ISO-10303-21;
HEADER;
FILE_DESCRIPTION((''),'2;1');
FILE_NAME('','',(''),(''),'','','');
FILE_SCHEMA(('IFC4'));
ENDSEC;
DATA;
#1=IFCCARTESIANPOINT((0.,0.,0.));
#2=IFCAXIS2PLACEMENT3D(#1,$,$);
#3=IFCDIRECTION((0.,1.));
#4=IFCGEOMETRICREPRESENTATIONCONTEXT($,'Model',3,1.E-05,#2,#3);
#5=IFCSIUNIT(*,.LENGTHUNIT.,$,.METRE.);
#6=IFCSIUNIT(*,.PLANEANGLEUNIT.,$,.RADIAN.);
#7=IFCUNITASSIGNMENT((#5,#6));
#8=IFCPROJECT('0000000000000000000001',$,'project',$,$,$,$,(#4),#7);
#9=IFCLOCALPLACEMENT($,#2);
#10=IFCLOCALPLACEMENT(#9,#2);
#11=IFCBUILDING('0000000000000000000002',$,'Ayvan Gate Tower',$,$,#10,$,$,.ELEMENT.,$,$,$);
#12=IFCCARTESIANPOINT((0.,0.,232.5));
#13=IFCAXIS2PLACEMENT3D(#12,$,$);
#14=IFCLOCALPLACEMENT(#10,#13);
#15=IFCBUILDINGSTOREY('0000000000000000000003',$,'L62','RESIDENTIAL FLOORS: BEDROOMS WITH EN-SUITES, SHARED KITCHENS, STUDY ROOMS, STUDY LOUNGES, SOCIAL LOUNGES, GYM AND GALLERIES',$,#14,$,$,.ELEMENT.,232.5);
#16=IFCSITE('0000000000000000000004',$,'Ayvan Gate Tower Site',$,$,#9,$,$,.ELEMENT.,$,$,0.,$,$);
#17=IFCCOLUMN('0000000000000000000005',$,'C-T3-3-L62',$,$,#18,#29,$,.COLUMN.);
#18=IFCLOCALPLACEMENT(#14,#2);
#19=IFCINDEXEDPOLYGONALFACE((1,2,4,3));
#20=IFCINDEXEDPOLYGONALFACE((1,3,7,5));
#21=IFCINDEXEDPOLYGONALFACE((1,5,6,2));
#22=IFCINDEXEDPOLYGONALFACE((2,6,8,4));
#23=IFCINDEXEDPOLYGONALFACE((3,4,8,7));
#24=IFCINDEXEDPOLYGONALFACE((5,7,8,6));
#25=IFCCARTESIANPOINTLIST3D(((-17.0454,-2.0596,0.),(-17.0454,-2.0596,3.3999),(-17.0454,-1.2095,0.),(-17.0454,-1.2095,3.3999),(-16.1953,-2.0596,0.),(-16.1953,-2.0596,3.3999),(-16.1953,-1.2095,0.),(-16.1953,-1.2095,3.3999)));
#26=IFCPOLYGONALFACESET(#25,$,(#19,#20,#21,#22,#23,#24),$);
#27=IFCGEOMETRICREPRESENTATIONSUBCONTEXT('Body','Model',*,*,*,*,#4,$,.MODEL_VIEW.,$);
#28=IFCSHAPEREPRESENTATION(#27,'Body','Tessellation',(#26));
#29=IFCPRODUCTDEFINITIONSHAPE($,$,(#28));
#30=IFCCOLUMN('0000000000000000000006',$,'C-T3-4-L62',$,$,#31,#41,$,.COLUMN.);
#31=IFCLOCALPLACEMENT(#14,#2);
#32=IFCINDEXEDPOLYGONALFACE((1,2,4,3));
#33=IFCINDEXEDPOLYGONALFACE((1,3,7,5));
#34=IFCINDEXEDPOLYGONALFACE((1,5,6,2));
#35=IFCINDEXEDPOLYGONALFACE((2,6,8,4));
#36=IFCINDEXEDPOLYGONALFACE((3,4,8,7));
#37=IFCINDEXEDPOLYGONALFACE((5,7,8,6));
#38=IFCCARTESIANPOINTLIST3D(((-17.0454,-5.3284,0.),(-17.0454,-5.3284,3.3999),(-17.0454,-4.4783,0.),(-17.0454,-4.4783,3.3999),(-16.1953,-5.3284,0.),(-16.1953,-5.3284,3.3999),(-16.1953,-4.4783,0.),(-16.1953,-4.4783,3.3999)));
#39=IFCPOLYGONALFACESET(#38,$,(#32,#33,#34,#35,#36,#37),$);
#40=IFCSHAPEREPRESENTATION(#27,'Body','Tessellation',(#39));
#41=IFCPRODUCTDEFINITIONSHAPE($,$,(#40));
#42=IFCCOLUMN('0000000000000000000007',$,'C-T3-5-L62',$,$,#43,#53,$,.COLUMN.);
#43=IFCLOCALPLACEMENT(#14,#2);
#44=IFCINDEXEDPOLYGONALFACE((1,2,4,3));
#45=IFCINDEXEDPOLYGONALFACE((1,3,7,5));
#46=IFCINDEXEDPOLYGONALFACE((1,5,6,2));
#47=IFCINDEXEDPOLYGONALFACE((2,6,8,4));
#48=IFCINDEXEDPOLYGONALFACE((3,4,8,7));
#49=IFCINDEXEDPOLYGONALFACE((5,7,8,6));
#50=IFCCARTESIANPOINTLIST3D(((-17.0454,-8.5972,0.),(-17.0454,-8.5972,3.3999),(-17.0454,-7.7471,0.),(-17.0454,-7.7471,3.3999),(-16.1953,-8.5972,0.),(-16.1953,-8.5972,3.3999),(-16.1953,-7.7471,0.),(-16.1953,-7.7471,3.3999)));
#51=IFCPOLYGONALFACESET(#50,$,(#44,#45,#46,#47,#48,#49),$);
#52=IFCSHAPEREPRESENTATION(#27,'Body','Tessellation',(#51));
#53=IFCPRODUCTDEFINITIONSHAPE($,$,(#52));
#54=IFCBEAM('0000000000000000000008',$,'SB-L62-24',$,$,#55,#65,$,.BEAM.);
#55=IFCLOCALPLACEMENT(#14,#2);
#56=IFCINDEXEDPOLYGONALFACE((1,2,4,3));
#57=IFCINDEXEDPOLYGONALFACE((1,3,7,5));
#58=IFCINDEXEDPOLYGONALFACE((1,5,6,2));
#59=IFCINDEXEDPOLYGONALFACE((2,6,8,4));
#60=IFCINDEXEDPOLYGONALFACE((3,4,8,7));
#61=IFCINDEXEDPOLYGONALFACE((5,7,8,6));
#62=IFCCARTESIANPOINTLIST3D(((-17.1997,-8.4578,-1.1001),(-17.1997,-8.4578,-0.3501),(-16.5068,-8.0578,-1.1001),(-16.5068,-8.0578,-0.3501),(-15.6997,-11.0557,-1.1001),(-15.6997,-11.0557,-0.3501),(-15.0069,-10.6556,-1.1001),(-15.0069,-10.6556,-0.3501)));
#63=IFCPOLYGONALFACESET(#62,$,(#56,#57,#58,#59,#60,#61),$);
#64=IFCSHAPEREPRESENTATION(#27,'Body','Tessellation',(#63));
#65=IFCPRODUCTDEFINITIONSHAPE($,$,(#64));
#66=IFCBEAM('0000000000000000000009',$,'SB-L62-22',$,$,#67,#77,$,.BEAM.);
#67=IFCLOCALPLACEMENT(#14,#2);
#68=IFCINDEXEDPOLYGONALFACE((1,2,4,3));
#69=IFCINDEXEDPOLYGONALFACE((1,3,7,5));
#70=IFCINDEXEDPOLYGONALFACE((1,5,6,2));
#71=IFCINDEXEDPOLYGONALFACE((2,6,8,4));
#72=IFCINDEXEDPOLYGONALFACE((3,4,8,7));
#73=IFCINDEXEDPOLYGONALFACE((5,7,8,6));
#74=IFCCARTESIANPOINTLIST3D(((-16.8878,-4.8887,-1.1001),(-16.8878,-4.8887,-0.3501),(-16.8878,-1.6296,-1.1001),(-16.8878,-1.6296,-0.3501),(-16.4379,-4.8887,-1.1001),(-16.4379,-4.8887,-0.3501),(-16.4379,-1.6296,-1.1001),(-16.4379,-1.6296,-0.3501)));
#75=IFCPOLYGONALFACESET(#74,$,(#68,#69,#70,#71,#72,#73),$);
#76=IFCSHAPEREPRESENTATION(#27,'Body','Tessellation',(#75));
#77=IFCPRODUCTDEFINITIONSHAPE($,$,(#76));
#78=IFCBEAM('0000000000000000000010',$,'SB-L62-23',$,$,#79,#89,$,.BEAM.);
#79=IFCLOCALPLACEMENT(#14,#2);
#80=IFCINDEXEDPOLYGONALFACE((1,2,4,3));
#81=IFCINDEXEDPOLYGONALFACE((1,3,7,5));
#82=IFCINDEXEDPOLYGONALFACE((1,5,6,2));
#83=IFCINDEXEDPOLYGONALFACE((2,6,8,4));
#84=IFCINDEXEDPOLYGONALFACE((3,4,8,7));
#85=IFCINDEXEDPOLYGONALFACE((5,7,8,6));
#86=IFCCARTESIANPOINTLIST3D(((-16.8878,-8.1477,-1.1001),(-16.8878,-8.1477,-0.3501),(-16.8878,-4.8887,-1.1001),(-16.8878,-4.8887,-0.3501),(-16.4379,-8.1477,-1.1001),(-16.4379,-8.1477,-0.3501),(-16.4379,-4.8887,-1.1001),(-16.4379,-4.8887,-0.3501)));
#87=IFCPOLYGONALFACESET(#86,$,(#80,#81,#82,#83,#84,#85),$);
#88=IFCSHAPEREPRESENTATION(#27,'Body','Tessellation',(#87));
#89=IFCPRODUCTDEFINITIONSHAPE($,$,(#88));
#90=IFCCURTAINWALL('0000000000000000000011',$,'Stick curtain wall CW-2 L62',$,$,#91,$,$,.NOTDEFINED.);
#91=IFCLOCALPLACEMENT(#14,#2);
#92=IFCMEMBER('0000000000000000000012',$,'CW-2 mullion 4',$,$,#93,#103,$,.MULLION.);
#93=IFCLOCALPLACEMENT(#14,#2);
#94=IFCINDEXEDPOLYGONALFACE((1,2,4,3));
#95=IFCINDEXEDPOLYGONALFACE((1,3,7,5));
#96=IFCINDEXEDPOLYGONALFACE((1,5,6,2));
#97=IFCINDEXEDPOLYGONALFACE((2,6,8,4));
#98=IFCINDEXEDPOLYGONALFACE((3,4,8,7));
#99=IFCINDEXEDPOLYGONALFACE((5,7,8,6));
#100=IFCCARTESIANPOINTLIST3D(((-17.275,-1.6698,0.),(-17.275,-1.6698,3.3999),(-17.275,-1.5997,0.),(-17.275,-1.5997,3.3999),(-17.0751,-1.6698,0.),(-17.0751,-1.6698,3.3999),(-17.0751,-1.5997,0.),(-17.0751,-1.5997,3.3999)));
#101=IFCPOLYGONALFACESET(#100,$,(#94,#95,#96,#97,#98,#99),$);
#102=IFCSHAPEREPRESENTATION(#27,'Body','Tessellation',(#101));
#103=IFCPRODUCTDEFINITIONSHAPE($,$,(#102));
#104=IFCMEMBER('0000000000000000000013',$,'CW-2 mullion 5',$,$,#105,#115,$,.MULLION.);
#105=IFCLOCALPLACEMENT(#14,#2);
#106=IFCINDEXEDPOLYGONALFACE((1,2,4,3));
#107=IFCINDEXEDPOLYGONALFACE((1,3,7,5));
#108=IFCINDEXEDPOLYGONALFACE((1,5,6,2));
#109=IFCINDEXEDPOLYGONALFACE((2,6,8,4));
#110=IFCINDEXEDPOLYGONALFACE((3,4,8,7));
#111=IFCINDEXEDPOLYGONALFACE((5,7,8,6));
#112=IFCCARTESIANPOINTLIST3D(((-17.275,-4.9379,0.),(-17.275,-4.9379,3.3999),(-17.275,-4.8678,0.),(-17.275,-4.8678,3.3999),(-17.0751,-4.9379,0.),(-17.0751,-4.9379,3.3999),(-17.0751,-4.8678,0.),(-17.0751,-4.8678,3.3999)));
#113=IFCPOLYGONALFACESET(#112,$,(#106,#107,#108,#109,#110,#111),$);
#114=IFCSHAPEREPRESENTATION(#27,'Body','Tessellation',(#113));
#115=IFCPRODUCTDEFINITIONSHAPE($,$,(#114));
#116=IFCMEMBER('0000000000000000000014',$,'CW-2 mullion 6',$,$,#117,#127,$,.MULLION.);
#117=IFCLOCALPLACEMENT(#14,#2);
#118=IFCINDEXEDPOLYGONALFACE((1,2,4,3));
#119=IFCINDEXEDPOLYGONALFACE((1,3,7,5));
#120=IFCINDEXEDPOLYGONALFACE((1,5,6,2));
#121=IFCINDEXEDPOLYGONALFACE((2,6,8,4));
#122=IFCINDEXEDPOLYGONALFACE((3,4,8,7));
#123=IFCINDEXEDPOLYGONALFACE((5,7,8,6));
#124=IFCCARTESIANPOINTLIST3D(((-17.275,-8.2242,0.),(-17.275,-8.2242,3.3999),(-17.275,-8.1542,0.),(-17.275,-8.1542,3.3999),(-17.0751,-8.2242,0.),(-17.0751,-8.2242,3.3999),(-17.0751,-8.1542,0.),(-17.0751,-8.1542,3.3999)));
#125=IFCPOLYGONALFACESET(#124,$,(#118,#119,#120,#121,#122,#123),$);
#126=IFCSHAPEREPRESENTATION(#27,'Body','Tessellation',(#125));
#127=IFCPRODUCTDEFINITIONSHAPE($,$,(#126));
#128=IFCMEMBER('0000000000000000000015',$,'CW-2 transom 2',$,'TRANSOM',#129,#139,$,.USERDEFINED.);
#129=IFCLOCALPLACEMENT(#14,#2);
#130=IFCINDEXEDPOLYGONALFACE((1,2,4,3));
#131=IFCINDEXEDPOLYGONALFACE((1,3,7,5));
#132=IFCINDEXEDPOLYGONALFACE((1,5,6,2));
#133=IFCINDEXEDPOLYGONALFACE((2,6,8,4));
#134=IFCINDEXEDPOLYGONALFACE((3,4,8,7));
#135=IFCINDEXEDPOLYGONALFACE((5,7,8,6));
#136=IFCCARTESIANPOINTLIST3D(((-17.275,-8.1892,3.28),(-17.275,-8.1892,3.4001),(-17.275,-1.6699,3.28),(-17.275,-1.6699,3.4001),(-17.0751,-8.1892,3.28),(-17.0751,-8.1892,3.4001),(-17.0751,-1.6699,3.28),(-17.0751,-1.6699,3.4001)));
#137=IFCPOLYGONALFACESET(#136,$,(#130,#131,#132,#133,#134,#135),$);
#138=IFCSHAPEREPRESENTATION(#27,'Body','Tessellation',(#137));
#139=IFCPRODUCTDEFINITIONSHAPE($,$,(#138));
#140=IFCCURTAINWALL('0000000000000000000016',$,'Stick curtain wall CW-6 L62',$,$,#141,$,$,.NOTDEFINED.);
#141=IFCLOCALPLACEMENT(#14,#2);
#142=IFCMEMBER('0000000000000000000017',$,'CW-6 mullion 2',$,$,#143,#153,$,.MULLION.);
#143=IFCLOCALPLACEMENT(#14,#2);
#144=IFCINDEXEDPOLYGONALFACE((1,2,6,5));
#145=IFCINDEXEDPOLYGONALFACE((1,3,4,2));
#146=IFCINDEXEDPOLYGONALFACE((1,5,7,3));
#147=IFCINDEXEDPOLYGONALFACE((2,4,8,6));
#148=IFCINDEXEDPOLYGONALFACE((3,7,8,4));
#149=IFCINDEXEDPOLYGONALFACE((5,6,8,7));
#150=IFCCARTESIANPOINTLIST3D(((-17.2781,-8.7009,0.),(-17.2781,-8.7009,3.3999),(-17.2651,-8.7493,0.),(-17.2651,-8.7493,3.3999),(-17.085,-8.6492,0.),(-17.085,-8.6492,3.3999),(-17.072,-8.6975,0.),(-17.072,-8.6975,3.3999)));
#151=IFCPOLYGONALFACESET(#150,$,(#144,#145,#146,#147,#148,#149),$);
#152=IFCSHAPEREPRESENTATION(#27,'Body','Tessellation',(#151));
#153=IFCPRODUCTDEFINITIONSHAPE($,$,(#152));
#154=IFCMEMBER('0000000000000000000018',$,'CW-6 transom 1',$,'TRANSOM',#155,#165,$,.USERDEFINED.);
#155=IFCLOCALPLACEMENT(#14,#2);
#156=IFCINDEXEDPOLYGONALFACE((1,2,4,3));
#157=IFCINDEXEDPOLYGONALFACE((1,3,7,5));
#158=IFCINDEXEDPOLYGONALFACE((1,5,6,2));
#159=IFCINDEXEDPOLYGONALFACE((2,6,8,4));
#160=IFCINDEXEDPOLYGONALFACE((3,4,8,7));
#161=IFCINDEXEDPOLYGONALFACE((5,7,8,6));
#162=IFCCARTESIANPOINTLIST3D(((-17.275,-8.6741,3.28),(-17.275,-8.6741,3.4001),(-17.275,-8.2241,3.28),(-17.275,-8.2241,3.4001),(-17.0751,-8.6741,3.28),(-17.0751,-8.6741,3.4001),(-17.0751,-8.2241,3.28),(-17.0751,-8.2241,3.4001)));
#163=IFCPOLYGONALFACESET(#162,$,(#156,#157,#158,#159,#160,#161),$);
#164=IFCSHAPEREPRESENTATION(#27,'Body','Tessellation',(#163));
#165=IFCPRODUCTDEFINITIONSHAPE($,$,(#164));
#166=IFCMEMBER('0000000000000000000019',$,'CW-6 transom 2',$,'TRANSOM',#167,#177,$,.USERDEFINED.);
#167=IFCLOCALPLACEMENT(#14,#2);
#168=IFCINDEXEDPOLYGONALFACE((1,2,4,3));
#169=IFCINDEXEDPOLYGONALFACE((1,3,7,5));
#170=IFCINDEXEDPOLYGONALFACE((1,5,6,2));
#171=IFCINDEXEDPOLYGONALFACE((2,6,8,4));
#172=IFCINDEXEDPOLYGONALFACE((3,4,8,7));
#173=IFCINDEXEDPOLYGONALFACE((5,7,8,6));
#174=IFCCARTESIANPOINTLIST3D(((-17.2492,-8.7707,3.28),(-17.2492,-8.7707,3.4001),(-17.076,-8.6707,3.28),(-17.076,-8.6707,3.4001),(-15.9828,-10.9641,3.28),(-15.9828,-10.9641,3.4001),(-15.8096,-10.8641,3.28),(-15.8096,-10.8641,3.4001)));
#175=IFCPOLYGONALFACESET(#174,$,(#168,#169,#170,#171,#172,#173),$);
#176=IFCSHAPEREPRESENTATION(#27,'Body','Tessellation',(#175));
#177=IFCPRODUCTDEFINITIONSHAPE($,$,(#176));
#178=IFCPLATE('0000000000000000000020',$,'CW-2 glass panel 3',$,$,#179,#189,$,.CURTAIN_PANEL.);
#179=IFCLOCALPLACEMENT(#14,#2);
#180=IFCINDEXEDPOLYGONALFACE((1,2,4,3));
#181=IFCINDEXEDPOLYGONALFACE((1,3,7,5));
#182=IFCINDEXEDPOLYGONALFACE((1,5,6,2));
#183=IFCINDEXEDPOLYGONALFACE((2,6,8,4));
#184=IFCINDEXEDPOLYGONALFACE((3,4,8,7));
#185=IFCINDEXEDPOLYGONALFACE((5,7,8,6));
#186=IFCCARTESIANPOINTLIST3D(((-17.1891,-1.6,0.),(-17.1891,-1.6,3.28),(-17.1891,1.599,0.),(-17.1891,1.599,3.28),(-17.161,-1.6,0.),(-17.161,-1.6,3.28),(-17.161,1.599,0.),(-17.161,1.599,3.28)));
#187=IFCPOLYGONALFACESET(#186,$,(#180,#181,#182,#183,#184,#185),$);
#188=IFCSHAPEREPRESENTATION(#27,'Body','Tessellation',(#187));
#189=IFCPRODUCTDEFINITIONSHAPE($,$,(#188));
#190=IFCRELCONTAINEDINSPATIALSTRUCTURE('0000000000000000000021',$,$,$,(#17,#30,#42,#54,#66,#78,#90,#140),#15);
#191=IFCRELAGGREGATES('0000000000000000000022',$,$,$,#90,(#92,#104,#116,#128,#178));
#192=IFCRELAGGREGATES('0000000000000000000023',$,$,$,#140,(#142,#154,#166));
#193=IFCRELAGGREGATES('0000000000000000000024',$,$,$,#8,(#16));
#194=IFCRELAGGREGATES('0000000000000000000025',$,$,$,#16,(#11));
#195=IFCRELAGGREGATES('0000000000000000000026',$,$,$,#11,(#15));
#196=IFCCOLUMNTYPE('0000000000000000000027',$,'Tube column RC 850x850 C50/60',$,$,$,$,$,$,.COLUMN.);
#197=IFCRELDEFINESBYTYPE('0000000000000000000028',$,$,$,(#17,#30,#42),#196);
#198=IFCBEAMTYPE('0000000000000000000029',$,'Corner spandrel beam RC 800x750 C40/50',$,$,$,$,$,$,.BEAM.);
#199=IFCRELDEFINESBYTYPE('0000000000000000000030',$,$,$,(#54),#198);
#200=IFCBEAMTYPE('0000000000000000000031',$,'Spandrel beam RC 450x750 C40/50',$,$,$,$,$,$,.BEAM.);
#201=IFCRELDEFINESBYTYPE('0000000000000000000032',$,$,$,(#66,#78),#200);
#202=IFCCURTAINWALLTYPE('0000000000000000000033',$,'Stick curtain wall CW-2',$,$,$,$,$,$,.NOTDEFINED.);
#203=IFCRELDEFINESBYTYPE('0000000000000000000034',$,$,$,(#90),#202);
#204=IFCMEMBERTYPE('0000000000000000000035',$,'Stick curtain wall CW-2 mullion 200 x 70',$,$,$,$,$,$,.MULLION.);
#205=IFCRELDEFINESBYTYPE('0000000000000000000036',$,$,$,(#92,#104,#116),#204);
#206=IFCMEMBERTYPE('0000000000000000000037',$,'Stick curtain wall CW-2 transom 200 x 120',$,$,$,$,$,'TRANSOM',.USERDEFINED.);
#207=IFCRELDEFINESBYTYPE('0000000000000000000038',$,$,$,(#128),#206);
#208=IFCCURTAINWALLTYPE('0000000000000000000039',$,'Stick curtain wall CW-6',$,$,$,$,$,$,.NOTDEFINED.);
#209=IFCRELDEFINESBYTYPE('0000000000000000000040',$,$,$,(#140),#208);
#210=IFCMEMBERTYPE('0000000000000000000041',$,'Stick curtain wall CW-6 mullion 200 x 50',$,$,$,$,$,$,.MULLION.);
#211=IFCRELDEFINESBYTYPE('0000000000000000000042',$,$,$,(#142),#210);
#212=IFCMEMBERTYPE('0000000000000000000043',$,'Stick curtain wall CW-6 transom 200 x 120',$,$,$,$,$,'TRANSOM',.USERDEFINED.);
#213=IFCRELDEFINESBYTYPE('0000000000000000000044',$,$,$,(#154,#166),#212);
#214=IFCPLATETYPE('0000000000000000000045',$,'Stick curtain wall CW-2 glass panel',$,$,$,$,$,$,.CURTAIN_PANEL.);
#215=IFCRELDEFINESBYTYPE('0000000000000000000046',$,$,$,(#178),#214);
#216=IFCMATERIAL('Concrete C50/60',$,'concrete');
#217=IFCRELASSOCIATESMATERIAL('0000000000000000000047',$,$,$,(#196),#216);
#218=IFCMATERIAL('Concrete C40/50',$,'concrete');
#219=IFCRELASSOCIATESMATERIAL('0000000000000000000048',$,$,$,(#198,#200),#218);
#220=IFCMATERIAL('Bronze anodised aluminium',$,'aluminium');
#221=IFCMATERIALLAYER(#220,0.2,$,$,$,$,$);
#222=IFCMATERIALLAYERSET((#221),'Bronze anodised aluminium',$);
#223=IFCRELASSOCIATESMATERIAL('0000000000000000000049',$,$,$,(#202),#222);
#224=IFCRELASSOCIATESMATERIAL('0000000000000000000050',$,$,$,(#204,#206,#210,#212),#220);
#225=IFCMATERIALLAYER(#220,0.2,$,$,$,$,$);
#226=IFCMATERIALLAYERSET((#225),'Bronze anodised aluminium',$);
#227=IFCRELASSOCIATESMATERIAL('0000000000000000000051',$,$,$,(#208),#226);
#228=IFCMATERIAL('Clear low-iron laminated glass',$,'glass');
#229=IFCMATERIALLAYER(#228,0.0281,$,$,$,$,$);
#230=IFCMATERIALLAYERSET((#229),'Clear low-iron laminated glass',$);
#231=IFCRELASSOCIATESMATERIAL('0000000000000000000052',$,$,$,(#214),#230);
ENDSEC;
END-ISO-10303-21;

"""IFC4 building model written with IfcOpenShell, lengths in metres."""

from ifc_helpers import new_model, si_unit, direction, frame, origin, origin_2d, place, context, subcontext, project, spatial, rectangle, extrude, material, layer, layer_set, material_profile, profile_set, type_object, element, aggregate, save


model = new_model("IFC4")

# Units and contexts
model_context = context("Model", 3, precision=1e-05, world=origin(), true_north=direction((0.0, 1.0)))
body_context = subcontext(model_context, "Body", "Model", "MODEL_VIEW")
ifc_project = project(units=[si_unit("LENGTHUNIT", "METRE"), si_unit("PLANEANGLEUNIT", "RADIAN")], contexts=[model_context])

# Site, building, storey
site_placement = place(None, origin())
site = spatial("IfcSite", under=ifc_project, at=site_placement, Name="Ayvan Gate Tower Site", CompositionType="ELEMENT", RefElevation=0.0)
building_placement = place(site_placement, origin())
building = spatial("IfcBuilding", under=site, at=building_placement, Name="Ayvan Gate Tower", CompositionType="ELEMENT")
storey_placement = place(building_placement, frame((0.0, 0.0, 232.5)))
storey = spatial("IfcBuildingStorey", under=building, at=storey_placement, Name="L62", Description="RESIDENTIAL FLOORS: BEDROOMS WITH EN-SUITES, SHARED KITCHENS, STUDY ROOMS, STUDY LOUNGES, SOCIAL LOUNGES, GYM AND GALLERIES", CompositionType="ELEMENT", Elevation=232.5)

# Columns
ifc_material_1 = material(Name="Concrete C50/60", Category="concrete")
ifc_material_profile_1 = material_profile(ifc_material_1, rectangle(XDim=0.8501, YDim=0.8501, at=origin_2d()), Name="RC 850x850")
ifc_profile_set_1 = profile_set([ifc_material_profile_1], Name="Concrete C50/60")
column_type = type_object("IfcColumnType", Name="Tube column RC 850x850 C50/60", PredefinedType="COLUMN", material=ifc_profile_set_1)
for number, where, z_axis, x_axis, name in (
    (1, (-16.6204, -1.6345, 0.0), (0.0, 0.0, 1.0), (-1.0, 0.0, 0.0), "C-T3-3-L62"),
    (2, (-16.6204, -4.9033, 0.0), (0.0, 0.0, 1.0), (-1.0, 0.0, 0.0), "C-T3-4-L62"),
    (3, (-16.6204, -8.1721, 0.0), (0.0, 0.0, 1.0), (-1.0, 0.0, 0.0), "C-T3-5-L62"),
):
    element("IfcColumn", number, at=place(storey_placement, frame(where, z_axis=z_axis, x_axis=x_axis)), inside=storey, type_object=column_type, Name=name, PredefinedType="COLUMN", context=body_context, shape_type="SweptSolid", body=[
        extrude(rectangle(XDim=0.8501, YDim=0.8501, at=origin_2d()), origin(), (0.0, 0.0, 1.0), 3.3999),
    ])

# Beams
ifc_material_2 = material(Name="Concrete C40/50", Category="concrete")
ifc_material_profile_2 = material_profile(ifc_material_2, rectangle(XDim=0.8, YDim=0.75, at=origin_2d()), Name="RC 800x750")
ifc_profile_set_2 = profile_set([ifc_material_profile_2], Name="Concrete C40/50")
beam_type_1 = type_object("IfcBeamType", Name="Corner spandrel beam RC 800x750 C40/50", PredefinedType="BEAM", material=ifc_profile_set_2)
beam_placement = place(storey_placement, frame((-16.8533, -8.2578, -0.7251), z_axis=(0.500025, -0.866011, 0.0), x_axis=(0.866011, 0.500025, 0.0)))
element("IfcBeam", 4, at=beam_placement, inside=storey, type_object=beam_type_1, Name="SB-L62-24", PredefinedType="BEAM", context=body_context, shape_type="SweptSolid", body=[
    extrude(rectangle(XDim=0.8, YDim=0.75, at=origin_2d()), origin(), (0.0, 0.0, 1.0), 2.9998),
])
ifc_material_profile_3 = material_profile(ifc_material_2, rectangle(XDim=0.45, YDim=0.75, at=origin_2d()), Name="RC 450x750")
ifc_profile_set_3 = profile_set([ifc_material_profile_3], Name="Concrete C40/50")
beam_type_2 = type_object("IfcBeamType", Name="Spandrel beam RC 450x750 C40/50", PredefinedType="BEAM", material=ifc_profile_set_3)
for number, where, z_axis, x_axis, name in (
    (5, (-16.6628, -1.6296, -0.7251), (0.0, -1.0, 0.0), (1.0, 0.0, 0.0), "SB-L62-22"),
    (6, (-16.6628, -4.8887, -0.7251), (0.0, -1.0, 0.0), (1.0, 0.0, 0.0), "SB-L62-23"),
):
    element("IfcBeam", number, at=place(storey_placement, frame(where, z_axis=z_axis, x_axis=x_axis)), inside=storey, type_object=beam_type_2, Name=name, PredefinedType="BEAM", context=body_context, shape_type="SweptSolid", body=[
        extrude(rectangle(XDim=0.45, YDim=0.75, at=origin_2d()), origin(), (0.0, 0.0, 1.0), 3.259),
    ])

# Curtain walls, members
ifc_material_3 = material(Name="Bronze anodised aluminium", Category="aluminium")
ifc_layer_1 = layer(ifc_material_3, 0.2)
ifc_layer_set_1 = layer_set([ifc_layer_1], Name="Bronze anodised aluminium")
curtain_wall_type_1 = type_object("IfcCurtainWallType", Name="Stick curtain wall CW-2", PredefinedType="NOTDEFINED", material=ifc_layer_set_1)
curtain_wall_1_placement = place(storey_placement, origin())
curtain_wall_1 = element("IfcCurtainWall", 7, at=curtain_wall_1_placement, inside=storey, type_object=curtain_wall_type_1, Name="Stick curtain wall CW-2 L62", PredefinedType="NOTDEFINED")
ifc_material_profile_4 = material_profile(ifc_material_3, rectangle(XDim=0.2, YDim=0.0701, at=origin_2d()), Name="Stick curtain wall CW-2 mullion 200 x 70")
ifc_profile_set_4 = profile_set([ifc_material_profile_4], Name="Bronze anodised aluminium")
member_type_1 = type_object("IfcMemberType", Name="Stick curtain wall CW-2 mullion 200 x 70", PredefinedType="MULLION", material=ifc_profile_set_4)
member_1_placement = place(storey_placement, frame((-17.175, -1.6348, 0.0), z_axis=(0.0, 0.0, 1.0), x_axis=(-1.0, 0.0, 0.0)))
member_1 = element("IfcMember", 8, at=member_1_placement, type_object=member_type_1, Name="CW-2 mullion 4", PredefinedType="MULLION", context=body_context, shape_type="SweptSolid", body=[
    extrude(rectangle(XDim=0.2, YDim=0.0701, at=origin_2d()), origin(), (0.0, 0.0, 1.0), 3.3999),
])
member_2_placement = place(storey_placement, frame((-17.175, -4.9028, 0.0), z_axis=(0.0, 0.0, 1.0), x_axis=(-1.0, 0.0, 0.0)))
member_2 = element("IfcMember", 9, at=member_2_placement, type_object=member_type_1, Name="CW-2 mullion 5", PredefinedType="MULLION", context=body_context, shape_type="SweptSolid", body=[
    extrude(rectangle(XDim=0.2, YDim=0.0701, at=origin_2d()), origin(), (0.0, 0.0, 1.0), 3.3999),
])
member_3_placement = place(storey_placement, frame((-17.175, -8.1892, 0.0), z_axis=(0.0, 0.0, 1.0), x_axis=(-1.0, 0.0, 0.0)))
member_3 = element("IfcMember", 10, at=member_3_placement, type_object=member_type_1, Name="CW-2 mullion 6", PredefinedType="MULLION", context=body_context, shape_type="SweptSolid", body=[
    extrude(rectangle(XDim=0.2, YDim=0.0701, at=origin_2d()), origin(), (0.0, 0.0, 1.0), 3.3999),
])
ifc_material_profile_5 = material_profile(ifc_material_3, rectangle(XDim=0.2, YDim=0.1201, at=origin_2d()), Name="Stick curtain wall CW-2 transom 200 x 120")
ifc_profile_set_5 = profile_set([ifc_material_profile_5], Name="Bronze anodised aluminium")
member_type_2 = type_object("IfcMemberType", Name="Stick curtain wall CW-2 transom 200 x 120", ElementType="TRANSOM", PredefinedType="USERDEFINED", material=ifc_profile_set_5)
member_4_placement = place(storey_placement, frame((-17.175, -1.6699, 3.3401), z_axis=(0.0, -1.0, 0.0), x_axis=(1.0, 0.0, 0.0)))
member_4 = element("IfcMember", 11, at=member_4_placement, type_object=member_type_2, Name="CW-2 transom 2", ObjectType="TRANSOM", PredefinedType="USERDEFINED", context=body_context, shape_type="SweptSolid", body=[
    extrude(rectangle(XDim=0.2, YDim=0.1201, at=origin_2d()), origin(), (0.0, 0.0, 1.0), 6.5193),
])
ifc_layer_2 = layer(ifc_material_3, 0.2)
ifc_layer_set_2 = layer_set([ifc_layer_2], Name="Bronze anodised aluminium")
curtain_wall_type_2 = type_object("IfcCurtainWallType", Name="Stick curtain wall CW-6", PredefinedType="NOTDEFINED", material=ifc_layer_set_2)
curtain_wall_2_placement = place(storey_placement, origin())
curtain_wall_2 = element("IfcCurtainWall", 12, at=curtain_wall_2_placement, inside=storey, type_object=curtain_wall_type_2, Name="Stick curtain wall CW-6 L62", PredefinedType="NOTDEFINED")
ifc_material_profile_6 = material_profile(ifc_material_3, rectangle(XDim=0.2, YDim=0.05, at=origin_2d()), Name="Stick curtain wall CW-6 mullion 200 x 50")
ifc_profile_set_6 = profile_set([ifc_material_profile_6], Name="Bronze anodised aluminium")
member_type_3 = type_object("IfcMemberType", Name="Stick curtain wall CW-6 mullion 200 x 50", PredefinedType="MULLION", material=ifc_profile_set_6)
member_5_placement = place(storey_placement, frame((-17.175, -8.6992, 0.0), z_axis=(0.0, 0.0, 1.0), x_axis=(-0.965926, -0.258819, 0.0)))
member_5 = element("IfcMember", 13, at=member_5_placement, type_object=member_type_3, Name="CW-6 mullion 2", PredefinedType="MULLION", context=body_context, shape_type="SweptSolid", body=[
    extrude(rectangle(XDim=0.2, YDim=0.05, at=origin_2d()), origin(), (0.0, 0.0, 1.0), 3.3999),
])
ifc_material_profile_7 = material_profile(ifc_material_3, rectangle(XDim=0.2, YDim=0.1201, at=origin_2d()), Name="Stick curtain wall CW-6 transom 200 x 120")
ifc_profile_set_7 = profile_set([ifc_material_profile_7], Name="Bronze anodised aluminium")
member_type_4 = type_object("IfcMemberType", Name="Stick curtain wall CW-6 transom 200 x 120", ElementType="TRANSOM", PredefinedType="USERDEFINED", material=ifc_profile_set_7)
member_6_placement = place(storey_placement, frame((-17.175, -8.2241, 3.3401), z_axis=(0.0, -1.0, 0.0), x_axis=(1.0, 0.0, 0.0)))
member_6 = element("IfcMember", 14, at=member_6_placement, type_object=member_type_4, Name="CW-6 transom 1", ObjectType="TRANSOM", PredefinedType="USERDEFINED", context=body_context, shape_type="SweptSolid", body=[
    extrude(rectangle(XDim=0.2, YDim=0.1201, at=origin_2d()), origin(), (0.0, 0.0, 1.0), 0.45),
])
member_7_placement = place(storey_placement, frame((-17.1626, -8.7207, 3.3401), z_axis=(0.500006, -0.866022, 0.0), x_axis=(0.866022, 0.500006, 0.0)))
member_7 = element("IfcMember", 15, at=member_7_placement, type_object=member_type_4, Name="CW-6 transom 2", ObjectType="TRANSOM", PredefinedType="USERDEFINED", context=body_context, shape_type="SweptSolid", body=[
    extrude(rectangle(XDim=0.2, YDim=0.1201, at=origin_2d()), origin(), (0.0, 0.0, 1.0), 2.5327),
])

# Plate
ifc_material_4 = material(Name="Clear low-iron laminated glass", Category="glass")
ifc_layer_3 = layer(ifc_material_4, 0.0281)
ifc_layer_set_3 = layer_set([ifc_layer_3], Name="Clear low-iron laminated glass")
plate_type_1 = type_object("IfcPlateType", Name="Stick curtain wall CW-2 glass panel", PredefinedType="CURTAIN_PANEL", material=ifc_layer_set_3)
plate_1_placement = place(storey_placement, frame((-17.175, -0.0005, 0.0), z_axis=(0.0, 0.0, 1.0), x_axis=(0.0, -1.0, 0.0)))
plate_1 = element("IfcPlate", 16, at=plate_1_placement, type_object=plate_type_1, Name="CW-2 glass panel 3", PredefinedType="CURTAIN_PANEL", context=body_context, shape_type="SweptSolid", body=[
    extrude(rectangle(XDim=3.199, YDim=0.0281, at=origin_2d()), origin(), (0.0, 0.0, 1.0), 3.28),
])
aggregate(curtain_wall_1, [member_1, member_2, member_3, member_4, plate_1])
aggregate(curtain_wall_2, [member_5, member_6, member_7])

save(model, "model.ifc")
